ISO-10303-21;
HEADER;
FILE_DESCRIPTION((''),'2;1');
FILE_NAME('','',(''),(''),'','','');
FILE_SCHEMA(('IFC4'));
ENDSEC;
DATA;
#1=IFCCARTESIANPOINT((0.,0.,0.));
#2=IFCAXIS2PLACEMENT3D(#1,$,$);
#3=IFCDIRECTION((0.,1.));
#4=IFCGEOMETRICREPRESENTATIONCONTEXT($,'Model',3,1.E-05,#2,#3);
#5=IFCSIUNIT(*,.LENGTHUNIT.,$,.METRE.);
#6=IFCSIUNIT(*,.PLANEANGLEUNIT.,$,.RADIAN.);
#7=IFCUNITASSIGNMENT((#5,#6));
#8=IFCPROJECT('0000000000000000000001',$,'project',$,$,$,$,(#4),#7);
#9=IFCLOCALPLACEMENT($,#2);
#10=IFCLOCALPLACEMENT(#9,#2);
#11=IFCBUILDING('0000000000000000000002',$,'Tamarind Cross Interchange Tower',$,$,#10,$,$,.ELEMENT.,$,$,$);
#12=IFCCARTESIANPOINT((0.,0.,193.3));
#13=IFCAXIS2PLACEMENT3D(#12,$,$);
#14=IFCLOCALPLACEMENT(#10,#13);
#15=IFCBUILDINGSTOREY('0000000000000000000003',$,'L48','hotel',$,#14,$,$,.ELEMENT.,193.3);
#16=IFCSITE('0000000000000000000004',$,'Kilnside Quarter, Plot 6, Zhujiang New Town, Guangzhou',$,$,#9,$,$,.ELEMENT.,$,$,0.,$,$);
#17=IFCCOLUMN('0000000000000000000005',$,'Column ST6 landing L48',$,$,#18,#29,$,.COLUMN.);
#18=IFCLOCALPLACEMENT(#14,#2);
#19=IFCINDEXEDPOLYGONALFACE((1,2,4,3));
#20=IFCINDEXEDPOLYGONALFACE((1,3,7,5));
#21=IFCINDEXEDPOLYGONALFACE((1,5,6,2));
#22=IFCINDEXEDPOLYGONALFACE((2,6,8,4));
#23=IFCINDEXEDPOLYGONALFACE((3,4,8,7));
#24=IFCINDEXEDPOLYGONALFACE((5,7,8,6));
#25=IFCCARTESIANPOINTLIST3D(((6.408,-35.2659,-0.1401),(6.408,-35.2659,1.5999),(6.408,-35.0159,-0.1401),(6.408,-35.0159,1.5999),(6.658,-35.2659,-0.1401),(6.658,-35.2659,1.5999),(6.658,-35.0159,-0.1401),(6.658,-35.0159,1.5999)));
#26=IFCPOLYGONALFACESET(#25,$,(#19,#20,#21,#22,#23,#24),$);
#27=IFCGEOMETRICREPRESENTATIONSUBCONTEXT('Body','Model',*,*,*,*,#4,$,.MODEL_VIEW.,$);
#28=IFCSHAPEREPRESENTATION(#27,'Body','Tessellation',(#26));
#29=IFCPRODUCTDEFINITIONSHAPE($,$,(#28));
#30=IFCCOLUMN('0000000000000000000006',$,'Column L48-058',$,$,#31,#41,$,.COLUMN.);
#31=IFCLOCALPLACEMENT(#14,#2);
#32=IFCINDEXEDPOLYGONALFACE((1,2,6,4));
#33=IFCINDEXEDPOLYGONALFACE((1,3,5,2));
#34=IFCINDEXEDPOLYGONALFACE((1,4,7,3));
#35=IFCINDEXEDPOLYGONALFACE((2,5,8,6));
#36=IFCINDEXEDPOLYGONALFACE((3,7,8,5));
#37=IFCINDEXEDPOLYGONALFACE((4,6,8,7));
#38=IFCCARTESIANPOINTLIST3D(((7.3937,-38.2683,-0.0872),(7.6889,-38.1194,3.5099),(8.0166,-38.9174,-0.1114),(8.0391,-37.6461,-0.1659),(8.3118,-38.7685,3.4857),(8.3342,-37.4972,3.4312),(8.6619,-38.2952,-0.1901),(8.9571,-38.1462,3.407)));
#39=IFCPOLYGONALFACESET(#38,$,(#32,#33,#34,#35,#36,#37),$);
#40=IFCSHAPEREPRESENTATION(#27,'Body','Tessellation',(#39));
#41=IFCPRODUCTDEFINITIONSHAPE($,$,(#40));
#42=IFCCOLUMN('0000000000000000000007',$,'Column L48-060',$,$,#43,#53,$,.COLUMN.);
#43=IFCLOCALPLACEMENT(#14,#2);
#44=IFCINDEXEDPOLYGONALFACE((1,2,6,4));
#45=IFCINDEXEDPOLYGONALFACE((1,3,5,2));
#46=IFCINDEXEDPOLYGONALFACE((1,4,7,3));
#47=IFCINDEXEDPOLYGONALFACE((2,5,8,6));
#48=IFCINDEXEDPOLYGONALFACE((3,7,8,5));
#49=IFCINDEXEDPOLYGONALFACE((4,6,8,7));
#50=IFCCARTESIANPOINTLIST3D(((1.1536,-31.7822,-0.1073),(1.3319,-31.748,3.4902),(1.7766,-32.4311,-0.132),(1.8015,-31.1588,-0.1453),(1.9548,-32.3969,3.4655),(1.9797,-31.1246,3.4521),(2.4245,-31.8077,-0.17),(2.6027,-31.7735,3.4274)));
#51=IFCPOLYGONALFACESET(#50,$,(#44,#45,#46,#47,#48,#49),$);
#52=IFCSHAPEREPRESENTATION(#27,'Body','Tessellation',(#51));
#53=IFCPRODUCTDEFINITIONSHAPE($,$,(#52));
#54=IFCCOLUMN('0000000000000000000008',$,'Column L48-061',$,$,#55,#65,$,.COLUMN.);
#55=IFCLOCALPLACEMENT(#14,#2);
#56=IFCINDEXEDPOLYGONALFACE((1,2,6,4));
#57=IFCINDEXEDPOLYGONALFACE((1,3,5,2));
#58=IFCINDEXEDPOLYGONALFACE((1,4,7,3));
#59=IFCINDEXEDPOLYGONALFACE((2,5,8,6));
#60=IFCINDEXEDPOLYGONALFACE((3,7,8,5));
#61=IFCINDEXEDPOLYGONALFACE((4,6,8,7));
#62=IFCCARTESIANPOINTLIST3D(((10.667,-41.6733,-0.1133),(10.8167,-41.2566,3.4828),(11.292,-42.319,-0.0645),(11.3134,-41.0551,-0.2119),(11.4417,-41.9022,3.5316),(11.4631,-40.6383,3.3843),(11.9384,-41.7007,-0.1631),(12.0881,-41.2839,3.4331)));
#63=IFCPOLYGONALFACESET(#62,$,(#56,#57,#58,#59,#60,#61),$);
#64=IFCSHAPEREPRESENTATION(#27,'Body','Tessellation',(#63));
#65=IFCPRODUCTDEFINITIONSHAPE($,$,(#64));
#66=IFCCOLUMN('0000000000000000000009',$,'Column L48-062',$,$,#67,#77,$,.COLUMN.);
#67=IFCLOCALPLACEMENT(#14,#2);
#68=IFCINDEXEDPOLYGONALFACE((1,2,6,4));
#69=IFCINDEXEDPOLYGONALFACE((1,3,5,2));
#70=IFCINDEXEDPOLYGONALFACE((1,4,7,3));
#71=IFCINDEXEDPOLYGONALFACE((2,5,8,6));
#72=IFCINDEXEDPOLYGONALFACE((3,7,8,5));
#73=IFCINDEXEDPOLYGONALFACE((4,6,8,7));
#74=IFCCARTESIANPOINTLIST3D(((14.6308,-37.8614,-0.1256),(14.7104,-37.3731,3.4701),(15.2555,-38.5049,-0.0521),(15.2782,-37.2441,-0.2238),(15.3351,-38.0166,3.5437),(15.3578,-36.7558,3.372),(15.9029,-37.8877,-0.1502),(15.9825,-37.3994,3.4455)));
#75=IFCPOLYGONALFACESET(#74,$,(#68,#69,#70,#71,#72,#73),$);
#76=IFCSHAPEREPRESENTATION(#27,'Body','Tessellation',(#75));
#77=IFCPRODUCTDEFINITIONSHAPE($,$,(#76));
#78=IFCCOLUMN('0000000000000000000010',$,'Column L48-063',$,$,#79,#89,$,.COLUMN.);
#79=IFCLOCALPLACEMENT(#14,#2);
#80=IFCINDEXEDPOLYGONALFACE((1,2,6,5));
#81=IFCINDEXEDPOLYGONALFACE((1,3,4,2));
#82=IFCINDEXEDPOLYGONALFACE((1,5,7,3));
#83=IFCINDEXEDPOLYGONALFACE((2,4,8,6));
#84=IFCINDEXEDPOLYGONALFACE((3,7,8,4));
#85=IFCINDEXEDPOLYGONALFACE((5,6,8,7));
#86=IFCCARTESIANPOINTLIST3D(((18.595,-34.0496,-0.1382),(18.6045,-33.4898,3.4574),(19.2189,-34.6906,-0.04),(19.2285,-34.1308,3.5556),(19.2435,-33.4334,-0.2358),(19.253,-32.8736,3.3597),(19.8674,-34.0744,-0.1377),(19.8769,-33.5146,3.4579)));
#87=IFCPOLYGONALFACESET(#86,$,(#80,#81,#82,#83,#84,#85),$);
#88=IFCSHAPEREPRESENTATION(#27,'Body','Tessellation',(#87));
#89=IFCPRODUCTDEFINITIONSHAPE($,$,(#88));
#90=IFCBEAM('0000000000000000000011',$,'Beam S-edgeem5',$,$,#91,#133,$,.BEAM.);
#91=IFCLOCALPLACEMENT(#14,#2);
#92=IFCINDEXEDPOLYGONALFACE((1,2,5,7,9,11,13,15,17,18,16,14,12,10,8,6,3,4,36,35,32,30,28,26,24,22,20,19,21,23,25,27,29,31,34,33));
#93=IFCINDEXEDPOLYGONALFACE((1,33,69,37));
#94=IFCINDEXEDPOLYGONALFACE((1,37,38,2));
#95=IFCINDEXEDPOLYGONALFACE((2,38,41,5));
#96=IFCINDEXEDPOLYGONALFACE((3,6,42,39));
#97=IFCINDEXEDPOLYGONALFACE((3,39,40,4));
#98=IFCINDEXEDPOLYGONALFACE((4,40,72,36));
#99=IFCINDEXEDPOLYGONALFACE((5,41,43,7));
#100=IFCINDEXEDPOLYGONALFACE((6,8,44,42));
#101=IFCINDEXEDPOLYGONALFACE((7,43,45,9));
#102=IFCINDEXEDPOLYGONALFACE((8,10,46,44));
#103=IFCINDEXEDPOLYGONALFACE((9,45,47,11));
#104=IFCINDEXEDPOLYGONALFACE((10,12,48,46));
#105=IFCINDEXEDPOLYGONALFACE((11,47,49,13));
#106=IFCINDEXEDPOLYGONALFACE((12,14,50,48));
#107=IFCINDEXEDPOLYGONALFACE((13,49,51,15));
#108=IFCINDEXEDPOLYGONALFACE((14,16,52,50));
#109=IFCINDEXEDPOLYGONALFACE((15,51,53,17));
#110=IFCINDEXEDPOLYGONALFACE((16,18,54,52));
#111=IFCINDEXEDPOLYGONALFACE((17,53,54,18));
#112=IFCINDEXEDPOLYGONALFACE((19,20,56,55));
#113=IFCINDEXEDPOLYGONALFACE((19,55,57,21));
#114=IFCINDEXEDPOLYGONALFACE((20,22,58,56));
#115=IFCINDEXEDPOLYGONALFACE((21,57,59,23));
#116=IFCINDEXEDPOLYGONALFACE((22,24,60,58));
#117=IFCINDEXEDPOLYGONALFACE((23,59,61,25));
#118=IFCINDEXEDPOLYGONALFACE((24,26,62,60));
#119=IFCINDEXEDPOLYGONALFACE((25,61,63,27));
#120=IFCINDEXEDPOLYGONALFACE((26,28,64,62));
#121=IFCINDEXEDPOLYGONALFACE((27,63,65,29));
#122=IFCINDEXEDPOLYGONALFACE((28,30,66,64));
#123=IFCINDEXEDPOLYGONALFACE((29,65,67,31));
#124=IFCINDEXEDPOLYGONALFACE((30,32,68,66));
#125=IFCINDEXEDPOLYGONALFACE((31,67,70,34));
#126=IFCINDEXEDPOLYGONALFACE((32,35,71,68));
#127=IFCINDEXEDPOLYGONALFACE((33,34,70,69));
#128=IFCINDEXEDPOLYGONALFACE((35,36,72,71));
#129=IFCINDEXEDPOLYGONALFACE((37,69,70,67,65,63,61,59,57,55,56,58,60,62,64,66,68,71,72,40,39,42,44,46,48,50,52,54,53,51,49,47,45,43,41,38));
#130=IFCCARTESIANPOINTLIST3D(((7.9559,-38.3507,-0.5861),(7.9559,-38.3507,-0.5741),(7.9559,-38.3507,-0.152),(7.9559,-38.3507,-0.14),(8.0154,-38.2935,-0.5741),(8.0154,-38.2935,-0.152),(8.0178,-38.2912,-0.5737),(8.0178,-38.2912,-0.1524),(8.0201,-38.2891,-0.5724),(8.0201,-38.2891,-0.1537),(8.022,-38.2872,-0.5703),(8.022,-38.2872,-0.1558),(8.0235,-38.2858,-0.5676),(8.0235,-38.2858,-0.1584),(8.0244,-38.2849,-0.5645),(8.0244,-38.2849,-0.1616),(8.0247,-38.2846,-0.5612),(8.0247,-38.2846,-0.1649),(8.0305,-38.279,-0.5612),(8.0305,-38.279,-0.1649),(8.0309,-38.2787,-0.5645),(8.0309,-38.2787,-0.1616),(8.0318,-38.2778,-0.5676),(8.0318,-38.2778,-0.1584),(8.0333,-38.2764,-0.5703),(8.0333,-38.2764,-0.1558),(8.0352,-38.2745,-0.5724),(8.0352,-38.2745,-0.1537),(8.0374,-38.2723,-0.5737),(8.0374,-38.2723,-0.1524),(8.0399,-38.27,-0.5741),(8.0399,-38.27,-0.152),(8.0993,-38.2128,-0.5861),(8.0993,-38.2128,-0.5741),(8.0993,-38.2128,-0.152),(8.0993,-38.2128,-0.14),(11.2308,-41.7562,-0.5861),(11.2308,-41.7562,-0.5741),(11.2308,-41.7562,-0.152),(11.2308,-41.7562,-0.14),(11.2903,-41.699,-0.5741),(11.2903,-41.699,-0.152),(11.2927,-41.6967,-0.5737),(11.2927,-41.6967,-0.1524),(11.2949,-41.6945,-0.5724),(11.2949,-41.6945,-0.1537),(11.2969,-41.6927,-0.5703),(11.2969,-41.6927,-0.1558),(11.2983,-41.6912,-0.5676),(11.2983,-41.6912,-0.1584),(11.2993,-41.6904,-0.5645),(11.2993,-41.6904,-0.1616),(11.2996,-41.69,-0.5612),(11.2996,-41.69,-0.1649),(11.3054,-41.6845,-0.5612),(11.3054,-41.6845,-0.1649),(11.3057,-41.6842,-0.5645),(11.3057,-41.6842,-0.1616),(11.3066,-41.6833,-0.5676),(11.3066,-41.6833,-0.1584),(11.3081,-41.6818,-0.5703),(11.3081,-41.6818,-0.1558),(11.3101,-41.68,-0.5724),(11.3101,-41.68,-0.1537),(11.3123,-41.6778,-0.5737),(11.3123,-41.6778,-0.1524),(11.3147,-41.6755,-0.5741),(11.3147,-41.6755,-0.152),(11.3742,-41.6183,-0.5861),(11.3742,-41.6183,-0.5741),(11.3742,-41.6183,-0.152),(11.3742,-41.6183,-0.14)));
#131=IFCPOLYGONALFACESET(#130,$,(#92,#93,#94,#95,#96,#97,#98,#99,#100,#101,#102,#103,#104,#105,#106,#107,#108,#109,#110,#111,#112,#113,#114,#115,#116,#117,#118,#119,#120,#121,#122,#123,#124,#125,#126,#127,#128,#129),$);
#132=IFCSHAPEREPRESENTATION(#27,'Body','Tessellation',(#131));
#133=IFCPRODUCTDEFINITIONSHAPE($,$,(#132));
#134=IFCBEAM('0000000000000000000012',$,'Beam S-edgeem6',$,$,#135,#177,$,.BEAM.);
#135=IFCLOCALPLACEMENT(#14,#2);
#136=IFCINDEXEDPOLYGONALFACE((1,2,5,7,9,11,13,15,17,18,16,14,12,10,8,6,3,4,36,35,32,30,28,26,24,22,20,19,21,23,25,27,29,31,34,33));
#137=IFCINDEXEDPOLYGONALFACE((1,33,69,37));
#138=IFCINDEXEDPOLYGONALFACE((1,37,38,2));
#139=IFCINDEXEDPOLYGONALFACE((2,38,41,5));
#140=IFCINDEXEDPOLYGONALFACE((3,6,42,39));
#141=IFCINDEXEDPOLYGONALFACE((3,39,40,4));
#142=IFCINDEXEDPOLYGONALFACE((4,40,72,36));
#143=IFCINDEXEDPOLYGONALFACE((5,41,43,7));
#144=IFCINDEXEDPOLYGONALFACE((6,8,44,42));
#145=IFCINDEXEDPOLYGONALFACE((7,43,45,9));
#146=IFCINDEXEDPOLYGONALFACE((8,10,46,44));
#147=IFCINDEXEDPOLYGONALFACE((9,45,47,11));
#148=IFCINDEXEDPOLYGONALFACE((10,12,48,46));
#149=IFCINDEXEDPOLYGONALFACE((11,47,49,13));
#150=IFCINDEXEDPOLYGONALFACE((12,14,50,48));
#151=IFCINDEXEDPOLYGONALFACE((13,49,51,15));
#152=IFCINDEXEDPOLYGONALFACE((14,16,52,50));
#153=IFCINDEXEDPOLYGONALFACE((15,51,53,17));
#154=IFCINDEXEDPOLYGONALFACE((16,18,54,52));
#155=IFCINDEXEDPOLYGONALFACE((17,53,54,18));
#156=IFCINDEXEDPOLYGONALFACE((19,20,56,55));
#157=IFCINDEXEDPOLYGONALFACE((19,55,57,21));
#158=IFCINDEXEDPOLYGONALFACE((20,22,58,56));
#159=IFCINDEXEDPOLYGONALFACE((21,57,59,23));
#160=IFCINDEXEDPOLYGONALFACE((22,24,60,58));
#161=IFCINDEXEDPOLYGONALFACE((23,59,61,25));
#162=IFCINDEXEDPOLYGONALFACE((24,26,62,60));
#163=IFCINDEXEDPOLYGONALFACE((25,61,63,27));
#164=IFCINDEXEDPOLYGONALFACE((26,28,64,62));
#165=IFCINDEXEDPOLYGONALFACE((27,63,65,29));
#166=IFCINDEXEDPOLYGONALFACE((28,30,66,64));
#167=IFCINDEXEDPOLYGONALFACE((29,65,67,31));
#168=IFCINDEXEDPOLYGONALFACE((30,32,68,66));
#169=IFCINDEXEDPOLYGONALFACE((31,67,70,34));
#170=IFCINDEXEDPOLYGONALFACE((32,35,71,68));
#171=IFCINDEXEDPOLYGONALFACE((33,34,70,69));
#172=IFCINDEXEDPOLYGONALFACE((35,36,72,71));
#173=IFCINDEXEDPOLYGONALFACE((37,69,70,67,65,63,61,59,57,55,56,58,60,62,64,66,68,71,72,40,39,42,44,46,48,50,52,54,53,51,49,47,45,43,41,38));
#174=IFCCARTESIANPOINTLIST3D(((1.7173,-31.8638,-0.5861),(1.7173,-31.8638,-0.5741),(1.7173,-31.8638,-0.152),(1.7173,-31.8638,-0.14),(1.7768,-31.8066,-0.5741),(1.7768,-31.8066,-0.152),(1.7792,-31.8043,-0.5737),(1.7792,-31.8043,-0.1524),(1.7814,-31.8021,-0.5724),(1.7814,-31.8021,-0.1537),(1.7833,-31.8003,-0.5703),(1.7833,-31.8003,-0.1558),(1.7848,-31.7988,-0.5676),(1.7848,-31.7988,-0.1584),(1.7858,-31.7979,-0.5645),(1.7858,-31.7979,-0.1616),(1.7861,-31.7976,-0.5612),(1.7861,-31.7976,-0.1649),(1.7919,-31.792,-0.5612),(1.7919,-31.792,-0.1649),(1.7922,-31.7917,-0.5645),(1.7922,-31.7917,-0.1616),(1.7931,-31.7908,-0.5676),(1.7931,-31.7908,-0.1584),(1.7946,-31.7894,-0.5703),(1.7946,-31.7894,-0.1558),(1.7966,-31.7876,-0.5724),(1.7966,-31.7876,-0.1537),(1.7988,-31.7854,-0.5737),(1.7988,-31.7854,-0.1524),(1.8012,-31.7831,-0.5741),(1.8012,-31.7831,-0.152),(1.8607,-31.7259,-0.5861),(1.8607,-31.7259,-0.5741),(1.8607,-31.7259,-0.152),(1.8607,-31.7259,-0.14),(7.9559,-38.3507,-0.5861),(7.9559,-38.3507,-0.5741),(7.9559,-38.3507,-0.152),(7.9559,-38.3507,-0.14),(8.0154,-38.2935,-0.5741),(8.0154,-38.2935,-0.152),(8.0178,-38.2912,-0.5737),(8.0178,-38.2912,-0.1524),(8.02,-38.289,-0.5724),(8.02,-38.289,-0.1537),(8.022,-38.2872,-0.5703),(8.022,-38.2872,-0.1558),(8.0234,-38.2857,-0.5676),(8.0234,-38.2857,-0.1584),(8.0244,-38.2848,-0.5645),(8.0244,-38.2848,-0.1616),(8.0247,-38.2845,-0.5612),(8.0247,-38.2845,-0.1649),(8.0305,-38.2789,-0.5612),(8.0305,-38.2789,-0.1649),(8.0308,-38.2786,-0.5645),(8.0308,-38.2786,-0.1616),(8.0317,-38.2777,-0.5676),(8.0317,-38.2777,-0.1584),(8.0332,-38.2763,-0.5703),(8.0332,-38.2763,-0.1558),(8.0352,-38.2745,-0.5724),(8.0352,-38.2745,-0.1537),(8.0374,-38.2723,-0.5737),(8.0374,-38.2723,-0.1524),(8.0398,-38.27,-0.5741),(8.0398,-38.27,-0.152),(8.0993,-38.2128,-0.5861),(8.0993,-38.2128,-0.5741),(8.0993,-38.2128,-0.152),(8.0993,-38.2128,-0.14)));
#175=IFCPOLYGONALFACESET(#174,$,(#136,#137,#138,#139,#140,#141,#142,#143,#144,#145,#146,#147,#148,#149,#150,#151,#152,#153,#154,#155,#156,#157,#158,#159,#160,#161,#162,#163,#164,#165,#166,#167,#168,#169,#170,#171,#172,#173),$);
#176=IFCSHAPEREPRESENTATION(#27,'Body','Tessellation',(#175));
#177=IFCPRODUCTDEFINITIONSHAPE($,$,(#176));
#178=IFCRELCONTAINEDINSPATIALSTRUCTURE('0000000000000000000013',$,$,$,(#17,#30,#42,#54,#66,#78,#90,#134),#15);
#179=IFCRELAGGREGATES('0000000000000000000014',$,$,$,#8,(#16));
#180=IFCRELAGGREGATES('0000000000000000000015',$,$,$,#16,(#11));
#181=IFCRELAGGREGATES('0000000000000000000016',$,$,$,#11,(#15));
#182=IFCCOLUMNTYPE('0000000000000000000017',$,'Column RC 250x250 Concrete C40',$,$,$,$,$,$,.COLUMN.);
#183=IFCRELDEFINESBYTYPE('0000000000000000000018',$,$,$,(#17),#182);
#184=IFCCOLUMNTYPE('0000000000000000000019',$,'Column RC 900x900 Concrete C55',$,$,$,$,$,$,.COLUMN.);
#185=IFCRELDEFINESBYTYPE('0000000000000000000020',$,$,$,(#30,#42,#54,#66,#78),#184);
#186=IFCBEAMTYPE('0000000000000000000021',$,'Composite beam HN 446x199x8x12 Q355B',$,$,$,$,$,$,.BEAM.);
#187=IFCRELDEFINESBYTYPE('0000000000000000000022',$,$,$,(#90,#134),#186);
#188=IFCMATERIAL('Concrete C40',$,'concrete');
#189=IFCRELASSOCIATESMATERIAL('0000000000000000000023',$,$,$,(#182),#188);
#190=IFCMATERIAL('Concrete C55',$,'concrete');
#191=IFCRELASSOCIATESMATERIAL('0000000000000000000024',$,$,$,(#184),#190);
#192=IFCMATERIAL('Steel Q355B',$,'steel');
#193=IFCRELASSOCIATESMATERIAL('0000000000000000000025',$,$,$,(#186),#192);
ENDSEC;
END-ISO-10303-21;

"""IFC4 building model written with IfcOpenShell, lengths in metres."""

from ifc_helpers import new_model, si_unit, direction, frame, origin, origin_2d, place, context, subcontext, project, spatial, rectangle, i_section, extrude, material, material_profile, profile_set, type_object, element, save


model = new_model("IFC4")

# Units and contexts
model_context = context("Model", 3, precision=1e-05, world=origin(), true_north=direction((0.0, 1.0)))
body_context = subcontext(model_context, "Body", "Model", "MODEL_VIEW")
ifc_project = project(units=[si_unit("LENGTHUNIT", "METRE"), si_unit("PLANEANGLEUNIT", "RADIAN")], contexts=[model_context])

# Site, building, storey
site_placement = place(None, origin())
site = spatial("IfcSite", under=ifc_project, at=site_placement, Name="Kilnside Quarter, Plot 6, Zhujiang New Town, Guangzhou", CompositionType="ELEMENT", RefElevation=0.0)
building_placement = place(site_placement, origin())
building = spatial("IfcBuilding", under=site, at=building_placement, Name="Tamarind Cross Interchange Tower", CompositionType="ELEMENT")
storey_placement = place(building_placement, frame((0.0, 0.0, 193.3)))
storey = spatial("IfcBuildingStorey", under=building, at=storey_placement, Name="L48", Description="hotel", CompositionType="ELEMENT", Elevation=193.3)

# Columns
ifc_material_1 = material(Name="Concrete C40", Category="concrete")
ifc_material_profile_1 = material_profile(ifc_material_1, rectangle(XDim=0.25, YDim=0.25, at=origin_2d()), Name="RC 250x250")
ifc_profile_set_1 = profile_set([ifc_material_profile_1], Name="Concrete C40")
column_type_1 = type_object("IfcColumnType", Name="Column RC 250x250 Concrete C40", PredefinedType="COLUMN", material=ifc_profile_set_1)
column_1_placement = place(storey_placement, frame((6.533, -35.1409, -0.1401), z_axis=(0.0, 0.0, 1.0), x_axis=(1.0, 0.0, 0.0)))
element("IfcColumn", 1, at=column_1_placement, inside=storey, type_object=column_type_1, Name="Column ST6 landing L48", PredefinedType="COLUMN", context=body_context, shape_type="SweptSolid", body=[
    extrude(rectangle(XDim=0.25, YDim=0.25, at=origin_2d()), origin(), (0.0, 0.0, 1.0), 1.74),
])
ifc_material_2 = material(Name="Concrete C55", Category="concrete")
ifc_material_profile_2 = material_profile(ifc_material_2, rectangle(XDim=0.8999, YDim=0.8999, at=origin_2d()), Name="RC 900x900")
ifc_profile_set_2 = profile_set([ifc_material_profile_2], Name="Concrete C55")
column_type_2 = type_object("IfcColumnType", Name="Column RC 900x900 Concrete C55", PredefinedType="COLUMN", material=ifc_profile_set_2)
column_2_placement = place(storey_placement, frame((8.0278, -38.2817, -0.1387), z_axis=(0.081711, 0.041227, 0.995803), x_axis=(-0.692139, 0.721262, 0.026933)))
element("IfcColumn", 2, at=column_2_placement, inside=storey, type_object=column_type_2, Name="Column L48-058", PredefinedType="COLUMN", context=body_context, shape_type="SweptSolid", body=[
    extrude(rectangle(XDim=0.8999, YDim=0.8999, at=origin_2d()), origin(), (0.0, 0.0, 1.0), 3.6123),
])
column_3_placement = place(storey_placement, frame((1.7891, -31.7949, -0.1387), z_axis=(0.049479, 0.009489, 0.99873), x_axis=(-0.692276, 0.721111, 0.027445)))
element("IfcColumn", 3, at=column_3_placement, inside=storey, type_object=column_type_2, Name="Column L48-060", PredefinedType="COLUMN", context=body_context, shape_type="SweptSolid", body=[
    extrude(rectangle(XDim=0.8999, YDim=0.8999, at=origin_2d()), origin(), (0.0, 0.0, 1.0), 3.6021),
])
column_4_placement = place(storey_placement, frame((11.3027, -41.687, -0.1382), z_axis=(0.041304, 0.115017, 0.992504), x_axis=(-0.718308, -0.687053, 0.109513)))
element("IfcColumn", 4, at=column_4_placement, inside=storey, type_object=column_type_2, Name="Column L48-061", PredefinedType="COLUMN", context=body_context, shape_type="SweptSolid", body=[
    extrude(rectangle(XDim=0.8999, YDim=0.8999, at=origin_2d()), origin(), (0.0, 0.0, 1.0), 3.6233),
])
column_5_placement = place(storey_placement, frame((15.2668, -37.8745, -0.1379), z_axis=(0.021928, 0.134528, 0.990667), x_axis=(-0.719471, -0.685905, 0.109068)))
element("IfcColumn", 5, at=column_5_placement, inside=storey, type_object=column_type_2, Name="Column L48-062", PredefinedType="COLUMN", context=body_context, shape_type="SweptSolid", body=[
    extrude(rectangle(XDim=0.8999, YDim=0.8999, at=origin_2d()), origin(), (0.0, 0.0, 1.0), 3.6296),
])
column_6_placement = place(storey_placement, frame((19.2312, -34.062, -0.1379), z_axis=(0.002616, 0.153836, 0.988093), x_axis=(-0.720593, -0.684812, 0.108526)))
element("IfcColumn", 6, at=column_6_placement, inside=storey, type_object=column_type_2, Name="Column L48-063", PredefinedType="COLUMN", context=body_context, shape_type="SweptSolid", body=[
    extrude(rectangle(XDim=0.8999, YDim=0.8999, at=origin_2d()), origin(), (0.0, 0.0, 1.0), 3.6389),
])

# Beams
ifc_material_3 = material(Name="Steel Q355B", Category="steel")
ifc_material_profile_3 = material_profile(ifc_material_3, i_section(OverallWidth=0.199, OverallDepth=0.446, WebThickness=0.0081, FlangeThickness=0.012, FilletRadius=0.0129, at=origin_2d()), Name="HN 446x199x8x12")
ifc_profile_set_3 = profile_set([ifc_material_profile_3], Name="Steel Q355B")
beam_type_1 = type_object("IfcBeamType", Name="Composite beam HN 446x199x8x12 Q355B", PredefinedType="BEAM", material=ifc_profile_set_3)
beam_1_placement = place(storey_placement, frame((11.3025, -41.6873, -0.363), z_axis=(-0.693149, 0.720794, 0.0), x_axis=(-0.720794, -0.693149, 0.0)))
element("IfcBeam", 7, at=beam_1_placement, inside=storey, type_object=beam_type_1, Name="Beam S-edgeem5", PredefinedType="BEAM", context=body_context, shape_type="SweptSolid", body=[
    extrude(i_section(OverallWidth=0.199, OverallDepth=0.446, WebThickness=0.0081, FlangeThickness=0.012, FilletRadius=0.0129, at=origin_2d()), origin(), (0.0, 0.0, 1.0), 4.7246),
])
beam_2_placement = place(storey_placement, frame((8.0276, -38.2817, -0.363), z_axis=(-0.693178, 0.720766, 0.0), x_axis=(-0.720766, -0.693178, 0.0)))
element("IfcBeam", 8, at=beam_2_placement, inside=storey, type_object=beam_type_1, Name="Beam S-edgeem6", PredefinedType="BEAM", context=body_context, shape_type="SweptSolid", body=[
    extrude(i_section(OverallWidth=0.199, OverallDepth=0.446, WebThickness=0.0081, FlangeThickness=0.012, FilletRadius=0.0129, at=origin_2d()), origin(), (0.0, 0.0, 1.0), 9.0),
])

save(model, "model.ifc")
